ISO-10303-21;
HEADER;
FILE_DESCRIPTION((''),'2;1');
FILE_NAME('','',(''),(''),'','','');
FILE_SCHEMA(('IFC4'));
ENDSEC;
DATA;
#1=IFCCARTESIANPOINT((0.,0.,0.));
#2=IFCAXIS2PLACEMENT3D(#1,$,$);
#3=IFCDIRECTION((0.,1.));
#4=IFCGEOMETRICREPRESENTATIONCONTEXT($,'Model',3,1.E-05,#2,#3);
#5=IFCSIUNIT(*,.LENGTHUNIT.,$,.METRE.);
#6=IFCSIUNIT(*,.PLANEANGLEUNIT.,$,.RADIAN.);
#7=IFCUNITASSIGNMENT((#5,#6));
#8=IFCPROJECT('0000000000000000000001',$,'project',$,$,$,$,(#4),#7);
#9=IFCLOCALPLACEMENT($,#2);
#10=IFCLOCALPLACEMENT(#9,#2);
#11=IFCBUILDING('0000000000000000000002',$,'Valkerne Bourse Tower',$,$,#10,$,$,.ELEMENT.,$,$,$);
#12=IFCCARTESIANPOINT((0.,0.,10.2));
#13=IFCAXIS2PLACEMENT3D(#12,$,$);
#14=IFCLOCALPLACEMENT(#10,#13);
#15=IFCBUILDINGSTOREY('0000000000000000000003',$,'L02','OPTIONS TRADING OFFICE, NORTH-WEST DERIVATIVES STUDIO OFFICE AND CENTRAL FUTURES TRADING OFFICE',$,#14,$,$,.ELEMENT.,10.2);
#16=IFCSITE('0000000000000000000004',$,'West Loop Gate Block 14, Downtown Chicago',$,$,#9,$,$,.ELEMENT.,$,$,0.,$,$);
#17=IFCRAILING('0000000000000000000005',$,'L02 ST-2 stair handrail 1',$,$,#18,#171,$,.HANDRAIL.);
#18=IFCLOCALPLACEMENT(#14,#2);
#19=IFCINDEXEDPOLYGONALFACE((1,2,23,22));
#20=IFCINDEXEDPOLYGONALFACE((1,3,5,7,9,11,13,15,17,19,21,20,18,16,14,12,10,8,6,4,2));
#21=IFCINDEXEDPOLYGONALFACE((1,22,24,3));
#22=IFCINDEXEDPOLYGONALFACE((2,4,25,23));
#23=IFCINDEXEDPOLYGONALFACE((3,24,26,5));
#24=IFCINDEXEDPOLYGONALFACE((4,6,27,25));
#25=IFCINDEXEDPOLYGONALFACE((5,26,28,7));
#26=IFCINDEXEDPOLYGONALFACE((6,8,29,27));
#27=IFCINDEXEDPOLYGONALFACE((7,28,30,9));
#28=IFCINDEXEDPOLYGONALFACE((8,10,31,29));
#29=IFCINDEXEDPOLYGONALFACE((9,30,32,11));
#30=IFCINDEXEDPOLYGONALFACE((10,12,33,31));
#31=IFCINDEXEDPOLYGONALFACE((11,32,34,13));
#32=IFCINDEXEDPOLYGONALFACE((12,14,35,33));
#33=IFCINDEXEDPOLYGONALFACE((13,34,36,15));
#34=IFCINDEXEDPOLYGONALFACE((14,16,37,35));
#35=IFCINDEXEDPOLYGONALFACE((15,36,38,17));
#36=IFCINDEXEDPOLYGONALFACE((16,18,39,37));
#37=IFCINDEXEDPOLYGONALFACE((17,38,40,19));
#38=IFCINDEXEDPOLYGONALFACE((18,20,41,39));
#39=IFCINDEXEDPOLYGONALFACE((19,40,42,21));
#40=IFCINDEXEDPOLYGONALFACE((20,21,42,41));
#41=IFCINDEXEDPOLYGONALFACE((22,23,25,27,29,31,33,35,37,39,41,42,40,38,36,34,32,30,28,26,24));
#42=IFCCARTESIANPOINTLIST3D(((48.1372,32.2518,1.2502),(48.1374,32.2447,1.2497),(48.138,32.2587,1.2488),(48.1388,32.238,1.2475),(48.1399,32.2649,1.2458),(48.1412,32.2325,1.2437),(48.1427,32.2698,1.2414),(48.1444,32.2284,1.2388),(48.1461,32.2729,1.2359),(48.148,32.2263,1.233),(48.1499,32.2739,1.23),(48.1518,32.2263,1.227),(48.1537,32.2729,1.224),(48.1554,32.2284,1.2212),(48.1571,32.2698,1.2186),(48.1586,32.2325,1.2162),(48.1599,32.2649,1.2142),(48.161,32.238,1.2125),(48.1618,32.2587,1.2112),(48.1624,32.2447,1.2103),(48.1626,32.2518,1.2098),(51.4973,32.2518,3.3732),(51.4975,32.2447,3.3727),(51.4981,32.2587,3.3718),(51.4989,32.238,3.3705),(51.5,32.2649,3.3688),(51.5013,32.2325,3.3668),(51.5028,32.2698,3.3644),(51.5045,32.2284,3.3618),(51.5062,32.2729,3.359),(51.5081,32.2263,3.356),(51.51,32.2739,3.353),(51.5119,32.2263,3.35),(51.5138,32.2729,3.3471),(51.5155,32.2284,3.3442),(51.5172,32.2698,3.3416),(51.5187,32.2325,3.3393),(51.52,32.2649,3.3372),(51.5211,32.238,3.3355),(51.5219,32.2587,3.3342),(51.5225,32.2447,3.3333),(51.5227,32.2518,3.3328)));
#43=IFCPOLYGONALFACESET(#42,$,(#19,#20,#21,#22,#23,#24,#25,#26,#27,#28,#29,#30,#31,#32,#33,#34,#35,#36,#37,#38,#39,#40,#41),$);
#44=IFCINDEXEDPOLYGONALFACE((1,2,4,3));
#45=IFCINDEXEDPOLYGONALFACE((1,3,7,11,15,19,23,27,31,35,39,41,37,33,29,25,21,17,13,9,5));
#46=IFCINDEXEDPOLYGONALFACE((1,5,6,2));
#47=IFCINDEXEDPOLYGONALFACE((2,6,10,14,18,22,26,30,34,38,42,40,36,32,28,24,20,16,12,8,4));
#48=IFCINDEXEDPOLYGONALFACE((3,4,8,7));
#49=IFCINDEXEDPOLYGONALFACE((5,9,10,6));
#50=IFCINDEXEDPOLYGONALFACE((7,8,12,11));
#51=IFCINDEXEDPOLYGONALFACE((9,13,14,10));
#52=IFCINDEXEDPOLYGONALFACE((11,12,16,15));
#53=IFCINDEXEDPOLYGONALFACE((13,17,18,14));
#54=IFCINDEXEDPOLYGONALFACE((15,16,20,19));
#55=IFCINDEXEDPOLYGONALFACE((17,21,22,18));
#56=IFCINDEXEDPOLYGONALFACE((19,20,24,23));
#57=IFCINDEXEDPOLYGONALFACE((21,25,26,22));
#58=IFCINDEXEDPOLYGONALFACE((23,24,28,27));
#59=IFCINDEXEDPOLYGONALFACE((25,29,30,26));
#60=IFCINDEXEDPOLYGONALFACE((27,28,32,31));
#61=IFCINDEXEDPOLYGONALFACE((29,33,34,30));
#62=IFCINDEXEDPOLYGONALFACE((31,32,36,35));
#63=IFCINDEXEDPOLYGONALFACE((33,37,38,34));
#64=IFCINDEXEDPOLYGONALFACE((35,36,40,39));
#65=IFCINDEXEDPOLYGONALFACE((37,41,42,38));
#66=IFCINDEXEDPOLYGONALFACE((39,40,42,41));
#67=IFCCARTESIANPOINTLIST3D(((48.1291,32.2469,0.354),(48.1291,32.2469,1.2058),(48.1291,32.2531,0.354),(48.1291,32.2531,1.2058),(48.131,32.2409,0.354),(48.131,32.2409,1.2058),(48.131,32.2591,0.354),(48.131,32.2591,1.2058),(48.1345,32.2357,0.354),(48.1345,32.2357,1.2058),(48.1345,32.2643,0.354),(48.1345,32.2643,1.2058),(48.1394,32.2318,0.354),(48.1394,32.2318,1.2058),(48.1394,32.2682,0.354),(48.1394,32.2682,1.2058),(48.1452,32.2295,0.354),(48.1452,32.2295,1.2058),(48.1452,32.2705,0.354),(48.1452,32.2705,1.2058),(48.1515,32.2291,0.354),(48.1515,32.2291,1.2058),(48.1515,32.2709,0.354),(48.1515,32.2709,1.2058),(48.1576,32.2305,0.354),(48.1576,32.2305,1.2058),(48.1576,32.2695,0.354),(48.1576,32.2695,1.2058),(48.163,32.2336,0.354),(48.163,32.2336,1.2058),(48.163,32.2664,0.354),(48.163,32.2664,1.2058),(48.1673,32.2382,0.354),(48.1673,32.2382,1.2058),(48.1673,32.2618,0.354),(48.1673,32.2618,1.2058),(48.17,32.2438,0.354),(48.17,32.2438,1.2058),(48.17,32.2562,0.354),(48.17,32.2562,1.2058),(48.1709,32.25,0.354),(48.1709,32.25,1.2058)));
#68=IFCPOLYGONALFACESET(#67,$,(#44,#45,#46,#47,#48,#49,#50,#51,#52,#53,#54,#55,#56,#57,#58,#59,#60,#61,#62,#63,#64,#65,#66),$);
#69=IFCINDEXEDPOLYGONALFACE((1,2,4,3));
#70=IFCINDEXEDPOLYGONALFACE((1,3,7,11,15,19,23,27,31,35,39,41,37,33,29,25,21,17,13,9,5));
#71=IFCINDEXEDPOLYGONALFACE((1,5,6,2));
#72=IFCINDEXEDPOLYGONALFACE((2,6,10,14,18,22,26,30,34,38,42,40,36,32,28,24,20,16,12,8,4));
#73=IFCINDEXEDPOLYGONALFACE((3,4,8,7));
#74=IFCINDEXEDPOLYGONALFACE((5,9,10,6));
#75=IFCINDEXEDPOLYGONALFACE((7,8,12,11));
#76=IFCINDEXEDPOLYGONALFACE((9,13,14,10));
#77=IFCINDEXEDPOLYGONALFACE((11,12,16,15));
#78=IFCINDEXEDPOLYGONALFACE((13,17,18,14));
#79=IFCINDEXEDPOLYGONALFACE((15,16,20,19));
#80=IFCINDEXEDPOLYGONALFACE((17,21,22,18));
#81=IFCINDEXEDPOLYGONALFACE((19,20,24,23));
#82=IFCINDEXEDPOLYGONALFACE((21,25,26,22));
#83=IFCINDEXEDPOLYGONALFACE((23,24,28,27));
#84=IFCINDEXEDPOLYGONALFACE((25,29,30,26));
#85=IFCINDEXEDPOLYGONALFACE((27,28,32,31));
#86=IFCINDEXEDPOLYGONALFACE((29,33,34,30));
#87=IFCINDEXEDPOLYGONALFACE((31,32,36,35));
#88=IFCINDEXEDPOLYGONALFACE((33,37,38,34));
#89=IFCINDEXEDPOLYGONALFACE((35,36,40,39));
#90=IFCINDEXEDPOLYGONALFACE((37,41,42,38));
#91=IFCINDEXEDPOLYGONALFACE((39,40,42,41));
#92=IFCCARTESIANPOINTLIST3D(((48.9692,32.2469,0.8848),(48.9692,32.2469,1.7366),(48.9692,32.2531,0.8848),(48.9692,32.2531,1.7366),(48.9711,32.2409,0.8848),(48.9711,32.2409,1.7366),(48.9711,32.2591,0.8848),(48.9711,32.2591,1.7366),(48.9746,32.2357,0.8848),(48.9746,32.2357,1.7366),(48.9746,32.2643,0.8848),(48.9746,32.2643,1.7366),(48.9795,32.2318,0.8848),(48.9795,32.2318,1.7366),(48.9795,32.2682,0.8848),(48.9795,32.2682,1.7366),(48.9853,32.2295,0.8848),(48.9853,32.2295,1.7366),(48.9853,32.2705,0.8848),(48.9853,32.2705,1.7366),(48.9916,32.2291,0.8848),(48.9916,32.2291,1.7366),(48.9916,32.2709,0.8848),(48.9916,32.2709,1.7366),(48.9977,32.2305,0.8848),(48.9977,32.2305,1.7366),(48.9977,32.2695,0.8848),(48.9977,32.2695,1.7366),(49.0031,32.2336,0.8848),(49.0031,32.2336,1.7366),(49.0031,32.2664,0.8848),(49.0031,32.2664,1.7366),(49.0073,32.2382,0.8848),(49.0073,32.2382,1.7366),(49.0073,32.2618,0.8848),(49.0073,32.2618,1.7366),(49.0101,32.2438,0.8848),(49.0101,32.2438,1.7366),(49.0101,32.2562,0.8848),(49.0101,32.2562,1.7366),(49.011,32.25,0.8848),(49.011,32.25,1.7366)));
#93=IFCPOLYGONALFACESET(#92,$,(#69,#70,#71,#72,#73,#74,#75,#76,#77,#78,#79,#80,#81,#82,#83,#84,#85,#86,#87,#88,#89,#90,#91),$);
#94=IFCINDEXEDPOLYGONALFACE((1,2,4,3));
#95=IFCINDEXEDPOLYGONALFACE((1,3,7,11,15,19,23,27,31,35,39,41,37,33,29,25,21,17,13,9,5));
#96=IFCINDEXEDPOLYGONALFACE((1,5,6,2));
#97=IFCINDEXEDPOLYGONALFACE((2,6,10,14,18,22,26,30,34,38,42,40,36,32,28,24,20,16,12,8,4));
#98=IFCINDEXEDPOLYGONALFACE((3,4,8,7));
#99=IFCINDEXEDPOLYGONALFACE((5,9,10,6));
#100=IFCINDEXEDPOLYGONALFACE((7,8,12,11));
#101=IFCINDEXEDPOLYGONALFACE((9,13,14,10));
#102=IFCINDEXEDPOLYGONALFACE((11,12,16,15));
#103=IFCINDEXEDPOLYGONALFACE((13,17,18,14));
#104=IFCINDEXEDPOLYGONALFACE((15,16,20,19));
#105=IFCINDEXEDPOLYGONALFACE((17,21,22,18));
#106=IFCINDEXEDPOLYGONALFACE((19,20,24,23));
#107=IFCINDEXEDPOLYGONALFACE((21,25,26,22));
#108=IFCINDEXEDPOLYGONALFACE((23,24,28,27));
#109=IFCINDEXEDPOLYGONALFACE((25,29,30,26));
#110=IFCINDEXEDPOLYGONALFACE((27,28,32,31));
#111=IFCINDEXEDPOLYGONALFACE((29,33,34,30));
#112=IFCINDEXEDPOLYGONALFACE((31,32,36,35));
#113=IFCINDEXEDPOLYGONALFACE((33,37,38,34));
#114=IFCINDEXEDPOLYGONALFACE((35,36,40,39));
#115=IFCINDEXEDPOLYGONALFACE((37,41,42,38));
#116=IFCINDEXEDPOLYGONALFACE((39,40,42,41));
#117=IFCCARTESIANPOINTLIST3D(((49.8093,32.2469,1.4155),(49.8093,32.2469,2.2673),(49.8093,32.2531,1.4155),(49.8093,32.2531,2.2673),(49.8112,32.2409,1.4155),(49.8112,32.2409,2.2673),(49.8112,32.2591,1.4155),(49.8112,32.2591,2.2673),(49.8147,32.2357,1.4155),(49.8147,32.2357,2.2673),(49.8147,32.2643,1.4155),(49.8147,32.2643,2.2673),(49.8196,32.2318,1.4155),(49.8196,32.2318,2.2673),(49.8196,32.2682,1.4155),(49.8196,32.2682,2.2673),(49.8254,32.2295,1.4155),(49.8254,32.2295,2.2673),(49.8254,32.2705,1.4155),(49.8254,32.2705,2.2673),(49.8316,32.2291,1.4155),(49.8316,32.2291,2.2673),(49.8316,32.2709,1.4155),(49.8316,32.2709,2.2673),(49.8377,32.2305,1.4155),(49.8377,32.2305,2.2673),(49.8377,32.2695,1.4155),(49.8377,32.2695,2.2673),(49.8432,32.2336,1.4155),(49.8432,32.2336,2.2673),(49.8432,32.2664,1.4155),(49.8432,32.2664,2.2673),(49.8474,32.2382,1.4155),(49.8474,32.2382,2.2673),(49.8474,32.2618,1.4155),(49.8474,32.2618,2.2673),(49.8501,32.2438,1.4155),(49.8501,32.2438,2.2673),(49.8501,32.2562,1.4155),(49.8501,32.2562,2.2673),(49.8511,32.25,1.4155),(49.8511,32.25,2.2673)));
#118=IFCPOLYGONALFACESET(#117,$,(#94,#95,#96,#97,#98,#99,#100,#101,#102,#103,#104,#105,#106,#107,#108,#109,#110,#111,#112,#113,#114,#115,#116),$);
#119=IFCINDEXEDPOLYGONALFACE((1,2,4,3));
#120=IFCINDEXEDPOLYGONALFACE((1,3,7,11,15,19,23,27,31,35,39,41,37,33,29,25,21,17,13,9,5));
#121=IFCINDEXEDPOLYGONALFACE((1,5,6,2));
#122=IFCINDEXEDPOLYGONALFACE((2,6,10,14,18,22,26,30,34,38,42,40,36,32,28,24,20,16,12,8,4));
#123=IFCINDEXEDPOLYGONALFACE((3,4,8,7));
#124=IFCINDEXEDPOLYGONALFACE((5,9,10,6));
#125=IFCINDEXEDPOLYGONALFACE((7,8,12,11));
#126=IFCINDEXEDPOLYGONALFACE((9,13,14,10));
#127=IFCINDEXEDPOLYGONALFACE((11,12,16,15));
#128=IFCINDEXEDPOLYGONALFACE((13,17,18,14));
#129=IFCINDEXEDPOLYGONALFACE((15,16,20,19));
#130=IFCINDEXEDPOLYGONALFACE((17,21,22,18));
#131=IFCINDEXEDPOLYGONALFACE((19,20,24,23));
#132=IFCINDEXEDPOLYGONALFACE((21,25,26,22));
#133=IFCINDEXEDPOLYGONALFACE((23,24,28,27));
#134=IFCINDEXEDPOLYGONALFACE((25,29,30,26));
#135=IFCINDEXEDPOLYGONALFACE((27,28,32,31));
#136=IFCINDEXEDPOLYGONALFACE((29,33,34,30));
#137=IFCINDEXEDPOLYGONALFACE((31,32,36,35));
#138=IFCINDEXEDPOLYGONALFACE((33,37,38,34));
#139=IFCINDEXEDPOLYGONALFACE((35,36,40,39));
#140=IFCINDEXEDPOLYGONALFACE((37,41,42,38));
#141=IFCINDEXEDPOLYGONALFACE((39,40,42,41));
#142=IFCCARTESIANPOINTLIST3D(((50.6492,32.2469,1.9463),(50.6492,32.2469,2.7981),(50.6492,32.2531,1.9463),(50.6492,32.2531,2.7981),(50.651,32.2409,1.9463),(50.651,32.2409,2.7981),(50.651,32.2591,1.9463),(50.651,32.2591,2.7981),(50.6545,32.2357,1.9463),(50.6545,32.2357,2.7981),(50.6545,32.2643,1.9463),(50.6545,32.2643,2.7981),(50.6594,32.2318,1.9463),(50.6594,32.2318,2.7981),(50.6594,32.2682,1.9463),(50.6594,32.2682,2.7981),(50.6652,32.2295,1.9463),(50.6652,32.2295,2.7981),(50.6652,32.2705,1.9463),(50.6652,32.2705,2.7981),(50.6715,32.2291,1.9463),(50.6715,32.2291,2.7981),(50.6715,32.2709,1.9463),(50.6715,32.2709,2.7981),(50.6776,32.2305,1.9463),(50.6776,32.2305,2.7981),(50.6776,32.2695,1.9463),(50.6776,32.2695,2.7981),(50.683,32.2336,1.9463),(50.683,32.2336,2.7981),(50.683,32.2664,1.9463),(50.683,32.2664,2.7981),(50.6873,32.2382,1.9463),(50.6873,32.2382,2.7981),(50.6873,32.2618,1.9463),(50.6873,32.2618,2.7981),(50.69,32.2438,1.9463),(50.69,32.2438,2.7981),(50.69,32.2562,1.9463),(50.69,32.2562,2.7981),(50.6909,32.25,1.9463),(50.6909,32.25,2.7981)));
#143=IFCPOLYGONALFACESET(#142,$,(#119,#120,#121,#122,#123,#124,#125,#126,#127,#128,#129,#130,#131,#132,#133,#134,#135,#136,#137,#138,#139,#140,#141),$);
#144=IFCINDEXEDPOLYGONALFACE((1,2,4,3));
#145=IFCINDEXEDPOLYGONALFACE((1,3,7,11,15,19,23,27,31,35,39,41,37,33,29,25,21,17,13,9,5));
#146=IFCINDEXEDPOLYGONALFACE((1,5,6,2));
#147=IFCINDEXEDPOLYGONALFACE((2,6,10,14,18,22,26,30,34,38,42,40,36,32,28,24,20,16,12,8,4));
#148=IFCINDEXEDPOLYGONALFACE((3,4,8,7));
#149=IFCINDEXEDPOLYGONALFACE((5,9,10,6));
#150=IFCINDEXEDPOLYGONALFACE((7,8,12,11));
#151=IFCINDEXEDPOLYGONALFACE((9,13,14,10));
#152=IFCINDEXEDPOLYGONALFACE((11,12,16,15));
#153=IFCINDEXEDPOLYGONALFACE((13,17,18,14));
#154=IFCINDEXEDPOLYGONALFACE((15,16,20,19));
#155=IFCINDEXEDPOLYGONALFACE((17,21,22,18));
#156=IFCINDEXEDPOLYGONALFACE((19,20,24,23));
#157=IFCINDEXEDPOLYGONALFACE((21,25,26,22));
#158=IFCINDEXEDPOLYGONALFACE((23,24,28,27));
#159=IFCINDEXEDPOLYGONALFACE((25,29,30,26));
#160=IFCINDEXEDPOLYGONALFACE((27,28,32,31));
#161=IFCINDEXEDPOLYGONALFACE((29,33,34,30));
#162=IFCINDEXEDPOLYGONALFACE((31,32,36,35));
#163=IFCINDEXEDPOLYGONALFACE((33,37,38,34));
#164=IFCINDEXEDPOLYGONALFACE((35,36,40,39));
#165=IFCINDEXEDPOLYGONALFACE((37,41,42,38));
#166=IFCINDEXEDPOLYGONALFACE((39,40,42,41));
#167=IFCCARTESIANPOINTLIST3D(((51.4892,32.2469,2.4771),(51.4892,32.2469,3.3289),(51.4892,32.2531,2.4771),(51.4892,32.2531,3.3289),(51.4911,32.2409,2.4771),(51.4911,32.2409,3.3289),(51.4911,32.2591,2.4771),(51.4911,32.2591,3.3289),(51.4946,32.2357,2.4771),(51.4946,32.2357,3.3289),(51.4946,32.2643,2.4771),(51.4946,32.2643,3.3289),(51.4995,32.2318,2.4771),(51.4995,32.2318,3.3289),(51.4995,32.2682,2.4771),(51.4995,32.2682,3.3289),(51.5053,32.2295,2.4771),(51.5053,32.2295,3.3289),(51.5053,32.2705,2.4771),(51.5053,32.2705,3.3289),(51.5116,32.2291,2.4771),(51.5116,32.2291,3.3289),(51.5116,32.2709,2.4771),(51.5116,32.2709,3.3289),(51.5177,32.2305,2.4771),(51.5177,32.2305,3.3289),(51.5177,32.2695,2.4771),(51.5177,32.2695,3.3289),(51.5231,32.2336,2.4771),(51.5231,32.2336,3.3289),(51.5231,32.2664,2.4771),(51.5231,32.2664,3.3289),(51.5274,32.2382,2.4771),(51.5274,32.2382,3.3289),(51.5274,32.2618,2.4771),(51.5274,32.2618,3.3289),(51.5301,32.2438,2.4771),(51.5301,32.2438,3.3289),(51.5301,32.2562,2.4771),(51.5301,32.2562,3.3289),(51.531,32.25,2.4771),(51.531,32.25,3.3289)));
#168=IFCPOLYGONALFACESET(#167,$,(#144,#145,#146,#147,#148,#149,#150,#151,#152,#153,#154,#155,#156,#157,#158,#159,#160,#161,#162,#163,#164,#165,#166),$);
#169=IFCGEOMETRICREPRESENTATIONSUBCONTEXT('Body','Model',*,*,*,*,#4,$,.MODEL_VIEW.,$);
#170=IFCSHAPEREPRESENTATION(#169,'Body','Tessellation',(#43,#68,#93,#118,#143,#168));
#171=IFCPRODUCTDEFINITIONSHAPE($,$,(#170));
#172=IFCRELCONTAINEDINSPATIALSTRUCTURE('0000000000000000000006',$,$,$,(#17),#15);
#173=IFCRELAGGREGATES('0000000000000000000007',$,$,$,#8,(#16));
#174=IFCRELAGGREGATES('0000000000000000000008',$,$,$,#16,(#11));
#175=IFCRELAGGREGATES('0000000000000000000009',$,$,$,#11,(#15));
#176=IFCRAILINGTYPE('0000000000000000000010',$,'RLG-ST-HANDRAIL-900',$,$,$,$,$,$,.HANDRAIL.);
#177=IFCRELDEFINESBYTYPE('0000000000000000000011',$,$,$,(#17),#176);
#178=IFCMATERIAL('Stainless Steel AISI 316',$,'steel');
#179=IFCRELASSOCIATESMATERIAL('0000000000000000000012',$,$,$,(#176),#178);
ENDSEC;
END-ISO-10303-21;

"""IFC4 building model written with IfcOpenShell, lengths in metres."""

from ifc_helpers import new_model, si_unit, direction, frame, origin, origin_2d, place, context, subcontext, project, spatial, circle, extrude, material, type_object, element, save


model = new_model("IFC4")

# Units and contexts
model_context = context("Model", 3, precision=1e-05, world=origin(), true_north=direction((0.0, 1.0)))
body_context = subcontext(model_context, "Body", "Model", "MODEL_VIEW")
ifc_project = project(units=[si_unit("LENGTHUNIT", "METRE"), si_unit("PLANEANGLEUNIT", "RADIAN")], contexts=[model_context])

# Site, building, storey
site_placement = place(None, origin())
site = spatial("IfcSite", under=ifc_project, at=site_placement, Name="West Loop Gate Block 14, Downtown Chicago", CompositionType="ELEMENT", RefElevation=0.0)
building_placement = place(site_placement, origin())
building = spatial("IfcBuilding", under=site, at=building_placement, Name="Valkerne Bourse Tower", CompositionType="ELEMENT")
storey_placement = place(building_placement, frame((0.0, 0.0, 10.2)))
storey = spatial("IfcBuildingStorey", under=building, at=storey_placement, Name="L02", Description="OPTIONS TRADING OFFICE, NORTH-WEST DERIVATIVES STUDIO OFFICE AND CENTRAL FUTURES TRADING OFFICE", CompositionType="ELEMENT", Elevation=10.2)

# Railing
ifc_material_1 = material(Name="Stainless Steel AISI 316", Category="steel")
railing_type_1 = type_object("IfcRailingType", Name="RLG-ST-HANDRAIL-900", PredefinedType="HANDRAIL", material=ifc_material_1)
railing_1_placement = place(storey_placement, frame((48.1499, 32.25, 0.354)))
element("IfcRailing", 1, at=railing_1_placement, inside=storey, type_object=railing_type_1, Name="L02 ST-2 stair handrail 1", PredefinedType="HANDRAIL", context=body_context, shape_type="SweptSolid", body=[
    extrude(circle(Radius=0.0239, at=origin_2d()), frame((0.0, 0.0, 0.876), z_axis=(0.84539, 0.0, 0.53415), x_axis=(0.0, 1.0, 0.0)), (0.0, 0.0, 1.0), 3.9746),
    extrude(circle(Radius=0.021, at=origin_2d()), origin(), (0.0, 0.0, 1.0), 0.8518),
    extrude(circle(Radius=0.021, at=origin_2d()), frame((0.8401, 0.0, 0.5308)), (0.0, 0.0, 1.0), 0.8518),
    extrude(circle(Radius=0.021, at=origin_2d()), frame((1.6802, 0.0, 1.0615)), (0.0, 0.0, 1.0), 0.8518),
    extrude(circle(Radius=0.021, at=origin_2d()), frame((2.52, 0.0, 1.5923)), (0.0, 0.0, 1.0), 0.8518),
    extrude(circle(Radius=0.021, at=origin_2d()), frame((3.3601, 0.0, 2.123)), (0.0, 0.0, 1.0), 0.8518),
])

save(model, "model.ifc")
